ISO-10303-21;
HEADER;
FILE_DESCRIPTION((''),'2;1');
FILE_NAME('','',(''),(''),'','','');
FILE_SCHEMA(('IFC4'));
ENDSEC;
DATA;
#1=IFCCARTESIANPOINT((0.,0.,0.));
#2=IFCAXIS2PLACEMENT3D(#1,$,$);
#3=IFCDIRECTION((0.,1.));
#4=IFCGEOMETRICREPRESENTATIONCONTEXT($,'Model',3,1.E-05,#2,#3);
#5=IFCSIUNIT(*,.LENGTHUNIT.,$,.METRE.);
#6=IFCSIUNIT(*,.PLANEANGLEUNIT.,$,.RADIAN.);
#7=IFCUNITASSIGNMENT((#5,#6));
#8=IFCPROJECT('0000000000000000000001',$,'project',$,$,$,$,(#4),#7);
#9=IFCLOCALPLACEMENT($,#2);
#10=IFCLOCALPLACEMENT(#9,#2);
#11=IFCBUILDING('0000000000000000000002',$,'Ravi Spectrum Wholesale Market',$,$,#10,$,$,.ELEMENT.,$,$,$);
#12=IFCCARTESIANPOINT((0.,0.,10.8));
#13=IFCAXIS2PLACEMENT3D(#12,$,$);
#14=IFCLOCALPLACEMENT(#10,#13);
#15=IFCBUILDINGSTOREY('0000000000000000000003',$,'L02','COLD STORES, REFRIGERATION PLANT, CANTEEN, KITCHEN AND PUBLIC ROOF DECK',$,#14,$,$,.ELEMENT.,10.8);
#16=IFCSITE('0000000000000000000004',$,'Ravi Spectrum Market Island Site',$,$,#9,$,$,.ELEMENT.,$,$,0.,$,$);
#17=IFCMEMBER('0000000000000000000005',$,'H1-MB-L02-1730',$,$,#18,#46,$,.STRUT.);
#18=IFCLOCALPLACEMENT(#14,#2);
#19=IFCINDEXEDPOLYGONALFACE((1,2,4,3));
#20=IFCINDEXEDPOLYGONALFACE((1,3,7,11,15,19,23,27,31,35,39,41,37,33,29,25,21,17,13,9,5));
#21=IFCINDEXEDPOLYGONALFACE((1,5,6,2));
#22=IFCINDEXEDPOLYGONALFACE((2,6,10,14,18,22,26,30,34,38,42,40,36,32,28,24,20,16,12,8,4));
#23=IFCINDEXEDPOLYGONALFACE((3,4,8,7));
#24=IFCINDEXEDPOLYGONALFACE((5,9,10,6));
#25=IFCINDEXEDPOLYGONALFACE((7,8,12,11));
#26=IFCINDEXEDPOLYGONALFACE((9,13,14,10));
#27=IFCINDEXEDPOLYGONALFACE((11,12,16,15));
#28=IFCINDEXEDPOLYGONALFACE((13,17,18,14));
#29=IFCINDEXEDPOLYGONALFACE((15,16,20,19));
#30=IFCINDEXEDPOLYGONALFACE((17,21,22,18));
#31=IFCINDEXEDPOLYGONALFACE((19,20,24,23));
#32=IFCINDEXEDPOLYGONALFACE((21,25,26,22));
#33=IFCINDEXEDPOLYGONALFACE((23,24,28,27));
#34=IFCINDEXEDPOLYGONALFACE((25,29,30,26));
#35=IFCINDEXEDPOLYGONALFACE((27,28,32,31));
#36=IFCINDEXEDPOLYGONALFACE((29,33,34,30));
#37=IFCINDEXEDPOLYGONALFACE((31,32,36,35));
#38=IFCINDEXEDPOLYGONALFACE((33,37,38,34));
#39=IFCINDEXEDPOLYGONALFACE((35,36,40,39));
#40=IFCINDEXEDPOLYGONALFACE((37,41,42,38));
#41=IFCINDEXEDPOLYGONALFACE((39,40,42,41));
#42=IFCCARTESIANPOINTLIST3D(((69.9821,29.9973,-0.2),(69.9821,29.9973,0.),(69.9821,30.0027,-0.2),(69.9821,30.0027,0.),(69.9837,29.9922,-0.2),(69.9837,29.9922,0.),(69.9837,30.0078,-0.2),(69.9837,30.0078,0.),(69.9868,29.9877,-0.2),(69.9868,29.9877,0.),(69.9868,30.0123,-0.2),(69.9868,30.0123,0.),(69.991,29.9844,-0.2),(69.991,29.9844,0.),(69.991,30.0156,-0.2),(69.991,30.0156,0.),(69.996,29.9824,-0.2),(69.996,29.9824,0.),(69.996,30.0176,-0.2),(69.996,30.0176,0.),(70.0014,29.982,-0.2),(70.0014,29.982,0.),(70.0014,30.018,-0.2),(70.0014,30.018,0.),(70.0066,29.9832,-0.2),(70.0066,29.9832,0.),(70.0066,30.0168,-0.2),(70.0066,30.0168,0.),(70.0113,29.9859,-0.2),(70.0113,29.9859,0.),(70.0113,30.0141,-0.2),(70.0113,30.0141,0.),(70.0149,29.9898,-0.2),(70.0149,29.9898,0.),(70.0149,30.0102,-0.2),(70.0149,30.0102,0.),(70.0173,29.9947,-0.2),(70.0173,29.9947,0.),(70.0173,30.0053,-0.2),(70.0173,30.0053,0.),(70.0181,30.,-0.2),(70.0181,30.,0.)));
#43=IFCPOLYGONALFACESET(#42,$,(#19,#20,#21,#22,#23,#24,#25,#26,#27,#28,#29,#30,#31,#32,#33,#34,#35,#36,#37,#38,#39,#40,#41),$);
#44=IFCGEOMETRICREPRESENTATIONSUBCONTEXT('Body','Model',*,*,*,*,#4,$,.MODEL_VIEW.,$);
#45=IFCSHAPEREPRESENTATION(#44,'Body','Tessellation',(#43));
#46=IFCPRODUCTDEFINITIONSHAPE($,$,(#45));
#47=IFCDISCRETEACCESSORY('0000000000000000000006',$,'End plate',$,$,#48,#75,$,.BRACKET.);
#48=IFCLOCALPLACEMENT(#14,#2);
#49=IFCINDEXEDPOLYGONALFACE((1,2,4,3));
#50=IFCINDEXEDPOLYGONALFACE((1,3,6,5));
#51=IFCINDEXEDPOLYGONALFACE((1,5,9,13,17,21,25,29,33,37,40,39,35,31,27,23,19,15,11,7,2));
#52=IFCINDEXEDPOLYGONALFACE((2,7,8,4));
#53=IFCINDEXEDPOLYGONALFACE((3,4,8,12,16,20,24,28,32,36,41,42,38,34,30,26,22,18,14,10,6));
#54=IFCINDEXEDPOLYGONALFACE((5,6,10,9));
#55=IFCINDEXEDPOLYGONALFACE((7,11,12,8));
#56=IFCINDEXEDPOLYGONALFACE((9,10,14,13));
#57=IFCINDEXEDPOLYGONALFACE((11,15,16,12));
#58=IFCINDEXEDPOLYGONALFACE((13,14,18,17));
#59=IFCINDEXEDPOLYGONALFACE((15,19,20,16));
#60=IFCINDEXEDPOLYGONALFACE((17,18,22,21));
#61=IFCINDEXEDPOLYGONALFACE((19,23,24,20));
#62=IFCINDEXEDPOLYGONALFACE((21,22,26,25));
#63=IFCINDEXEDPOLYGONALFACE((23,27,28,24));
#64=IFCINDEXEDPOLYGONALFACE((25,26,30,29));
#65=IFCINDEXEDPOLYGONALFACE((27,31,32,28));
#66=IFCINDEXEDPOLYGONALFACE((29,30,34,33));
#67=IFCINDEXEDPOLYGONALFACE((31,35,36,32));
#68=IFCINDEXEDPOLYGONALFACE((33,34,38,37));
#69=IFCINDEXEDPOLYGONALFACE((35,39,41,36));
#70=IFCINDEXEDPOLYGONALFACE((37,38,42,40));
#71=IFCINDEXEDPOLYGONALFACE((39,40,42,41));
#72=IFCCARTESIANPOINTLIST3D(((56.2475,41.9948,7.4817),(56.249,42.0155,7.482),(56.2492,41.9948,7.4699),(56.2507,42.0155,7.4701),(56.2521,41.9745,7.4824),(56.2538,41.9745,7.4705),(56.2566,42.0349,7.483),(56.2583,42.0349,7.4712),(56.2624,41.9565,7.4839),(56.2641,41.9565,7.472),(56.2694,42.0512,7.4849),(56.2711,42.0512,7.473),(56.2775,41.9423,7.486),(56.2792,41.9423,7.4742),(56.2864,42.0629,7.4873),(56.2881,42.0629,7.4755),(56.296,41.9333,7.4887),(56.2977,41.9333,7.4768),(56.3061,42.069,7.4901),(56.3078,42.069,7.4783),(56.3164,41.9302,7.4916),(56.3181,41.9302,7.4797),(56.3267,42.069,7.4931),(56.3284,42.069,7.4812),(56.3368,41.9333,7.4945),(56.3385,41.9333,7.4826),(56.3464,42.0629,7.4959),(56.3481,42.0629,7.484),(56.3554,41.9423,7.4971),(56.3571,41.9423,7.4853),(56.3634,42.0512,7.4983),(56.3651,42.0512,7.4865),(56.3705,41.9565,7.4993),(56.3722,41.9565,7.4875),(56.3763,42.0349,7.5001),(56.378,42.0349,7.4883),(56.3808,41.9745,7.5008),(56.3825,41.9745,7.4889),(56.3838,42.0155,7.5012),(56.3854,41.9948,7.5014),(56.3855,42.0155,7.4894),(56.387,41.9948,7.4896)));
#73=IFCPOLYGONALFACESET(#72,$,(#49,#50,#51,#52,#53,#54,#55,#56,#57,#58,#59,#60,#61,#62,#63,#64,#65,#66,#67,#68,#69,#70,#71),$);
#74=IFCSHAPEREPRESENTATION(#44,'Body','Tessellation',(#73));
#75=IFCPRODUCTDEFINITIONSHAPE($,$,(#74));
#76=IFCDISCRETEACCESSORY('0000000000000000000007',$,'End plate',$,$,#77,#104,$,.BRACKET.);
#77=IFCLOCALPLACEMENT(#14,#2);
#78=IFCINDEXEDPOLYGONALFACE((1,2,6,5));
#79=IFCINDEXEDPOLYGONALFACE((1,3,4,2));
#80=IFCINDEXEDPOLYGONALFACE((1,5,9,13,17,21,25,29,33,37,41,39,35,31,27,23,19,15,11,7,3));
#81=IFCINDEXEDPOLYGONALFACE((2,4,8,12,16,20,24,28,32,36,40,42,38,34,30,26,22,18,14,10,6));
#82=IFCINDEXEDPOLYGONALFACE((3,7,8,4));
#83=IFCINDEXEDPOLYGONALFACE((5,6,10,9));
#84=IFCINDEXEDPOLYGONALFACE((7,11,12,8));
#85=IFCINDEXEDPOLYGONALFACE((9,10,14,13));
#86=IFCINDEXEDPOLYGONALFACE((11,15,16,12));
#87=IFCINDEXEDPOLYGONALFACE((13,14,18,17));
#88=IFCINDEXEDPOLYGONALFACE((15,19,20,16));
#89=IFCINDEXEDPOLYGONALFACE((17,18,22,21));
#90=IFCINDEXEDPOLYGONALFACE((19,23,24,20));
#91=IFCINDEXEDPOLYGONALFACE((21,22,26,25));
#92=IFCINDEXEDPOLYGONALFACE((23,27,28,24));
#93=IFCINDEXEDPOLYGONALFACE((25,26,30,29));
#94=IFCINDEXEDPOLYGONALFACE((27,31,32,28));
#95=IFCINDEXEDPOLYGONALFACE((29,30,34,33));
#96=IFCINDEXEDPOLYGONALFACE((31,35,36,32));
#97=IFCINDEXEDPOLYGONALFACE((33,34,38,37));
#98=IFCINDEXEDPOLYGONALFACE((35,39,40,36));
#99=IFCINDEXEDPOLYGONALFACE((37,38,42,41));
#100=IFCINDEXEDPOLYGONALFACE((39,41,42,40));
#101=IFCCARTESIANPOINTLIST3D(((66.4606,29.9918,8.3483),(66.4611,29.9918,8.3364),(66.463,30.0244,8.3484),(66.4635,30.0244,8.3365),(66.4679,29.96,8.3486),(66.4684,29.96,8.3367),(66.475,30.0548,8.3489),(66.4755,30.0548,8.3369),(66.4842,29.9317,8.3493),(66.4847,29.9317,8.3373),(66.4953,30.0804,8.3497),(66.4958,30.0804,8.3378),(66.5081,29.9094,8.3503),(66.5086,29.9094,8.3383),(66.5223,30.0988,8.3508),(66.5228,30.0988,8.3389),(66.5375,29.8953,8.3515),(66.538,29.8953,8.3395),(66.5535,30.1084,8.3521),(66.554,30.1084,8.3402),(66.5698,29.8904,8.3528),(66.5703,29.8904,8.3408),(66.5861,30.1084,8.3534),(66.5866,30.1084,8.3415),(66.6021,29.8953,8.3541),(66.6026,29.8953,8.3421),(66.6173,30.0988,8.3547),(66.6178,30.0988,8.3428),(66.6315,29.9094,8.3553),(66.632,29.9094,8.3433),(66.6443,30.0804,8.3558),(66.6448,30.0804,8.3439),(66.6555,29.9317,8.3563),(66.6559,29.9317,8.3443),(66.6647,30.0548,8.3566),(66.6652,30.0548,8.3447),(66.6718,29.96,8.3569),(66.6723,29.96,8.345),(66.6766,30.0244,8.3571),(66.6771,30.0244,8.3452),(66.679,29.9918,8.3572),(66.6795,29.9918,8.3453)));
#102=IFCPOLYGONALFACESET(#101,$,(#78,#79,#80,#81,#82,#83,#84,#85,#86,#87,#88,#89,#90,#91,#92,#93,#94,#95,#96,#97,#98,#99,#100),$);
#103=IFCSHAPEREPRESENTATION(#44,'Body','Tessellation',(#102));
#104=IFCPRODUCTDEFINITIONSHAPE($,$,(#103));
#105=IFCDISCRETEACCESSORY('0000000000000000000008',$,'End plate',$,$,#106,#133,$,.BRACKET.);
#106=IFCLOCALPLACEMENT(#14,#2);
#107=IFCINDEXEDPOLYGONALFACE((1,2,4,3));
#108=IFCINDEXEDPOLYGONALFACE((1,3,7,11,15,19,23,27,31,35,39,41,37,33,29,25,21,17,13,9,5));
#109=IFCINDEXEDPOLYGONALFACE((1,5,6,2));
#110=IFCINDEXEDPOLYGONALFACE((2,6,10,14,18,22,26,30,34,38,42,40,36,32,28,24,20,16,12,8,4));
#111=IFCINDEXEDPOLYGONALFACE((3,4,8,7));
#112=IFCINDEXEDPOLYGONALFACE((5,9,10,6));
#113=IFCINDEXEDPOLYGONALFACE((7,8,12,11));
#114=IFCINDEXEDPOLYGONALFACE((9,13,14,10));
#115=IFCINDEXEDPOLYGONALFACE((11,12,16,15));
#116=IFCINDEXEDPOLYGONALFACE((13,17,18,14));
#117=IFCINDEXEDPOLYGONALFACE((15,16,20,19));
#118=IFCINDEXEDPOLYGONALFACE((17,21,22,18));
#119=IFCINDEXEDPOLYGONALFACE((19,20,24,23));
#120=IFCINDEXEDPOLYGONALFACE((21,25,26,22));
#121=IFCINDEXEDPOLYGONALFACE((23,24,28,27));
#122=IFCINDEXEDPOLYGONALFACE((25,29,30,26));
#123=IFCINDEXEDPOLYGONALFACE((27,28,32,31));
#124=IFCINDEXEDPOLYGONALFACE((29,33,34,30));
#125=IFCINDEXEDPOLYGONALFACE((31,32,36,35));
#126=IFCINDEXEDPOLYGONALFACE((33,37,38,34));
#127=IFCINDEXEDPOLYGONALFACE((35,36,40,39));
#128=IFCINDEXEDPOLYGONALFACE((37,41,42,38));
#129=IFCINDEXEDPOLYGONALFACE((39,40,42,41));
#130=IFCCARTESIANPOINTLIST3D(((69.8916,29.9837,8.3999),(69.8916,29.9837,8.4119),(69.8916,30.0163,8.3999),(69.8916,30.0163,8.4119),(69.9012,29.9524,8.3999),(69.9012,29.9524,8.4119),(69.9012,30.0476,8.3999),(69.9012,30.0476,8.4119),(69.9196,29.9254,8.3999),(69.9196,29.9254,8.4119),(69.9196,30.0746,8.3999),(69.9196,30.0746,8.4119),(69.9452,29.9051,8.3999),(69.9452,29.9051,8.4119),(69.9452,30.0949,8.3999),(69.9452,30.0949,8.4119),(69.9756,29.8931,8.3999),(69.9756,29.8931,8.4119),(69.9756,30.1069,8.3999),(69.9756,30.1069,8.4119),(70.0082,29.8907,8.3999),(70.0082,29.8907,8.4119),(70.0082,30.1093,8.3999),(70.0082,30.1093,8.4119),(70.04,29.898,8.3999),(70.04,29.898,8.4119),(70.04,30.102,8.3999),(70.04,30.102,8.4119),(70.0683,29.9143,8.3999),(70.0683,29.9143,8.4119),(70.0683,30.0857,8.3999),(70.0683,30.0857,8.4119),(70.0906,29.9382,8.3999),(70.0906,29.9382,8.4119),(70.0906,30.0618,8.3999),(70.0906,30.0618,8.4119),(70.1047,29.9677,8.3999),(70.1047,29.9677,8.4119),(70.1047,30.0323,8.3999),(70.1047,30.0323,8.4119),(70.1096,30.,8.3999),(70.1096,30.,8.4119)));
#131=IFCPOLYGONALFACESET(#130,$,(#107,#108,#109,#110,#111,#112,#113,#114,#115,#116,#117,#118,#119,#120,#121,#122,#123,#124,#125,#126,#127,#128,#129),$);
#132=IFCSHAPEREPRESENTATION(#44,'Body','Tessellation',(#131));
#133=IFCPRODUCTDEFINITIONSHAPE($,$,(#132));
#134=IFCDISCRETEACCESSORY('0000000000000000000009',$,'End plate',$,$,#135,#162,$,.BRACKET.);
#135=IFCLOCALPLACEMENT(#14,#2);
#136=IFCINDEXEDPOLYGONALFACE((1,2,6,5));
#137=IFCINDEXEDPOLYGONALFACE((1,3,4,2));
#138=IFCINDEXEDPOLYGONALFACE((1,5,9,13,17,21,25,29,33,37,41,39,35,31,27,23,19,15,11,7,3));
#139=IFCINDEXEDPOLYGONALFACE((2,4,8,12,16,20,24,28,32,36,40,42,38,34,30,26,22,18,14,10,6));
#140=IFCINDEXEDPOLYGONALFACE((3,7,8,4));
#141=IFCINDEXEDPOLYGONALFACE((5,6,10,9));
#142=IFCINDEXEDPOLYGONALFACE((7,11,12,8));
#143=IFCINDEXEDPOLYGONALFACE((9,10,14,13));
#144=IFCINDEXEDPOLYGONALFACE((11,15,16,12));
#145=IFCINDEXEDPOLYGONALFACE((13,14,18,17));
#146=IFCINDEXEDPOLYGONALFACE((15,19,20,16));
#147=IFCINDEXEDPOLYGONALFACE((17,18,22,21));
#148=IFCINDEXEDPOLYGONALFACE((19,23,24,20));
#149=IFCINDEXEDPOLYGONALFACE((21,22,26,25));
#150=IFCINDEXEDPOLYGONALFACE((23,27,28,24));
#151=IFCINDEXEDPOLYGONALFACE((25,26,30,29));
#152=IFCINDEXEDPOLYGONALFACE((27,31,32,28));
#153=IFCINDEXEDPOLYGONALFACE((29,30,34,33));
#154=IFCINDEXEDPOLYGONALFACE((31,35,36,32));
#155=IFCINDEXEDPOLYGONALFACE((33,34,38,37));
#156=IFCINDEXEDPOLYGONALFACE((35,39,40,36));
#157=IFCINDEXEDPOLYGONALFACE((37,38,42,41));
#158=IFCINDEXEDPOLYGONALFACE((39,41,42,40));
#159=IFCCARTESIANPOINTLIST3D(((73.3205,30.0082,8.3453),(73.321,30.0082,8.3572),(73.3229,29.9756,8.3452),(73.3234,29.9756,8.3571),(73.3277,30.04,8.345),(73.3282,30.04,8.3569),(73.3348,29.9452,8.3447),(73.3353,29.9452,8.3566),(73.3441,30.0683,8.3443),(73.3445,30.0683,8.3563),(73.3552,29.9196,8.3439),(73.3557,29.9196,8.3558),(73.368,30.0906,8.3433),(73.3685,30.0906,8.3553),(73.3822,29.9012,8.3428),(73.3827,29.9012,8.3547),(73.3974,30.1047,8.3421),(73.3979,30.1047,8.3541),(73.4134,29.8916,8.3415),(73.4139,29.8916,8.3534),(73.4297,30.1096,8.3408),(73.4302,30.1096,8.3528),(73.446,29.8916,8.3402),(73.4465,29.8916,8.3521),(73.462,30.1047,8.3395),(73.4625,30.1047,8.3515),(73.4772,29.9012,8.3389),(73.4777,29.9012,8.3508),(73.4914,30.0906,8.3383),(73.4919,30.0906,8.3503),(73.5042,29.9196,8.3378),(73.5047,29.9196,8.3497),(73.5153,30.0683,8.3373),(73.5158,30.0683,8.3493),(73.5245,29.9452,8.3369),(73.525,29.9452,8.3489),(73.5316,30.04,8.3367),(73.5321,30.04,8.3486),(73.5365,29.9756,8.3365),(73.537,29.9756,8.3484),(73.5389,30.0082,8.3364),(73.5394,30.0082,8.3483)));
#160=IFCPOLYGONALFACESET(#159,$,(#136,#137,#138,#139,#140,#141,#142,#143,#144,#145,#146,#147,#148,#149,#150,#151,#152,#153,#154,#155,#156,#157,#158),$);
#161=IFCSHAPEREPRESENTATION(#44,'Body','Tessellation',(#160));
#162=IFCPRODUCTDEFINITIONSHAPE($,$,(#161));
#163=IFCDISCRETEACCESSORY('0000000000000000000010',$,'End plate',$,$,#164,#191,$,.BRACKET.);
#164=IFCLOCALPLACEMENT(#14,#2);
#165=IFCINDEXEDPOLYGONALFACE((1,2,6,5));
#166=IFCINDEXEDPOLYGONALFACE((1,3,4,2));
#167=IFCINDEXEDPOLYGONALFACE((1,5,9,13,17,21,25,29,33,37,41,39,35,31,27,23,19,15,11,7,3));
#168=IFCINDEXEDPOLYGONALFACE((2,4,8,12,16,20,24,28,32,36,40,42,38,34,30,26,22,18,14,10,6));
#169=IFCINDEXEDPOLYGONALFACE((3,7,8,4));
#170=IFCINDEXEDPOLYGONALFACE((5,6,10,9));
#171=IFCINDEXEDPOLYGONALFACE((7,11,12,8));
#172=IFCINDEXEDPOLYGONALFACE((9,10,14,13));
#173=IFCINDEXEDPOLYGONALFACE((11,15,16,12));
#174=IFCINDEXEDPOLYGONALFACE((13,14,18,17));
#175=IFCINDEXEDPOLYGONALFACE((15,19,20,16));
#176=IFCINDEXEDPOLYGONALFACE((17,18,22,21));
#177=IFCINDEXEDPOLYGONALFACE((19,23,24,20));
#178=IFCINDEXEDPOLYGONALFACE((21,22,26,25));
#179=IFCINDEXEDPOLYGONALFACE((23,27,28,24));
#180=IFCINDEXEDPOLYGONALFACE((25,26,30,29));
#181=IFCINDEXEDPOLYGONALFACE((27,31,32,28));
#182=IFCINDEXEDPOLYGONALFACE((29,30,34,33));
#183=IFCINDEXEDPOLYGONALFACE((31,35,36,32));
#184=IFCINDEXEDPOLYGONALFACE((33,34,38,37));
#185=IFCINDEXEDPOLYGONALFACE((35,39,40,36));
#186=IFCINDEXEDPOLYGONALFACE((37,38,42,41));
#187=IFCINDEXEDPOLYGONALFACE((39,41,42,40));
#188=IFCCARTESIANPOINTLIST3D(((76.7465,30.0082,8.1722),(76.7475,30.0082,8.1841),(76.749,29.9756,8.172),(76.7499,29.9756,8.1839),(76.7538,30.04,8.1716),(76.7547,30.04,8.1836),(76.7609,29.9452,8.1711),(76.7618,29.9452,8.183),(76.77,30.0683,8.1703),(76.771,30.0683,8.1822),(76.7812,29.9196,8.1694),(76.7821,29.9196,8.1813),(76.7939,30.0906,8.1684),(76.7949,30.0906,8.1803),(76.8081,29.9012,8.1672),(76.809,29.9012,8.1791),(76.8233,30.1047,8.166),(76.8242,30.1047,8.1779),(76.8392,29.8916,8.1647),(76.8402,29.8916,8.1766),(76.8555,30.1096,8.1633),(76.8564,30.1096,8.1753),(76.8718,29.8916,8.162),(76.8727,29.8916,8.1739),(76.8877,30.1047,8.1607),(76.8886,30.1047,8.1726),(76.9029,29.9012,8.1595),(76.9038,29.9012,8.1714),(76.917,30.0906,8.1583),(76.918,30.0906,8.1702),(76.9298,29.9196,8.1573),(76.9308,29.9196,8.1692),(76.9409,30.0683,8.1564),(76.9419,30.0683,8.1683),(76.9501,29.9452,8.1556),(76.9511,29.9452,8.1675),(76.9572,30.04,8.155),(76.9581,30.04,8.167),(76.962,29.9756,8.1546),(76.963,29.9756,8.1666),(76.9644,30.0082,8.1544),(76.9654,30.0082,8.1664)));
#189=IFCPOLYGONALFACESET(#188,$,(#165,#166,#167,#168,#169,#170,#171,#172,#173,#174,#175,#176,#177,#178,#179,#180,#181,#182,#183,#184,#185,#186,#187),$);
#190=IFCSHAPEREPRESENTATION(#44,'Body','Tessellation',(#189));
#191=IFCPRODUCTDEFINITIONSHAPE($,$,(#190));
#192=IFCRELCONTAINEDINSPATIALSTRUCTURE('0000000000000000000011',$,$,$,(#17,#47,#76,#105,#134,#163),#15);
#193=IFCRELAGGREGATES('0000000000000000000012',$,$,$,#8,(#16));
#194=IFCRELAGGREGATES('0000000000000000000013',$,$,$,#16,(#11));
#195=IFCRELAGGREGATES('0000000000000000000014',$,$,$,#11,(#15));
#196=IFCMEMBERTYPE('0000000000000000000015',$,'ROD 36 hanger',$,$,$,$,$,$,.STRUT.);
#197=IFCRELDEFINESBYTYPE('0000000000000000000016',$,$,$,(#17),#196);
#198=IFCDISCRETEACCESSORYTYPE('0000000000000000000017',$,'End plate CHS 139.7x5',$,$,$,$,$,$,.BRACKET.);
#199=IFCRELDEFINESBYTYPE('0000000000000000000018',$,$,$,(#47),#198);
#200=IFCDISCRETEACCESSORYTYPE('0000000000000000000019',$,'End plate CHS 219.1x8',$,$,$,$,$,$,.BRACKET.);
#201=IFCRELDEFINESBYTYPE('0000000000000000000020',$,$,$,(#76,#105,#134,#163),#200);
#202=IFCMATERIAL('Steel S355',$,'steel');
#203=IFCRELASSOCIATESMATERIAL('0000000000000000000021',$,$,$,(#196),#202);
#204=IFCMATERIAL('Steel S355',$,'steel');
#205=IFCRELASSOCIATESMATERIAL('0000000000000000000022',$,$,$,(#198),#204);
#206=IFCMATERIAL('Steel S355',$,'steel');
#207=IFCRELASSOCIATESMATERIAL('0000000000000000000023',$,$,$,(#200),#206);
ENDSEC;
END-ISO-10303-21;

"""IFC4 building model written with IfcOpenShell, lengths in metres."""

from ifc_helpers import new_model, si_unit, direction, frame, origin, origin_2d, place, context, subcontext, project, spatial, circle, extrude, material, material_profile, profile_set, type_object, element, save


model = new_model("IFC4")

# Units and contexts
model_context = context("Model", 3, precision=1e-05, world=origin(), true_north=direction((0.0, 1.0)))
body_context = subcontext(model_context, "Body", "Model", "MODEL_VIEW")
ifc_project = project(units=[si_unit("LENGTHUNIT", "METRE"), si_unit("PLANEANGLEUNIT", "RADIAN")], contexts=[model_context])

# Site, building, storey
site_placement = place(None, origin())
site = spatial("IfcSite", under=ifc_project, at=site_placement, Name="Ravi Spectrum Market Island Site", CompositionType="ELEMENT", RefElevation=0.0)
building_placement = place(site_placement, origin())
building = spatial("IfcBuilding", under=site, at=building_placement, Name="Ravi Spectrum Wholesale Market", CompositionType="ELEMENT")
storey_placement = place(building_placement, frame((0.0, 0.0, 10.8)))
storey = spatial("IfcBuildingStorey", under=building, at=storey_placement, Name="L02", Description="COLD STORES, REFRIGERATION PLANT, CANTEEN, KITCHEN AND PUBLIC ROOF DECK", CompositionType="ELEMENT", Elevation=10.8)

# Member
ifc_material_1 = material(Name="Steel S355", Category="steel")
ifc_material_profile_1 = material_profile(ifc_material_1, circle(Radius=0.0181, at=origin_2d()))
ifc_profile_set_1 = profile_set([ifc_material_profile_1], Name="Steel S355")
member_type_1 = type_object("IfcMemberType", Name="ROD 36 hanger", PredefinedType="STRUT", material=ifc_profile_set_1)
member_1_placement = place(storey_placement, frame((70.0, 30.0, 0.0), z_axis=(0.0, 0.0, -1.0), x_axis=(1.0, 0.0, 0.0)))
element("IfcMember", 1, at=member_1_placement, inside=storey, type_object=member_type_1, Name="H1-MB-L02-1730", PredefinedType="STRUT", context=body_context, shape_type="SweptSolid", body=[
    extrude(circle(Radius=0.0181, at=origin_2d()), origin(), (0.0, 0.0, 1.0), 0.2),
])

# Discrete accessories
ifc_material_2 = material(Name="Steel S355", Category="steel")
ifc_material_profile_2 = material_profile(ifc_material_2, circle(Radius=0.0698, at=origin_2d()))
ifc_profile_set_2 = profile_set([ifc_material_profile_2], Name="Steel S355")
discrete_accessory_type_1 = type_object("IfcDiscreteAccessoryType", Name="End plate CHS 139.7x5", PredefinedType="BRACKET", material=ifc_profile_set_2)
discrete_accessory_1_placement = place(storey_placement, frame((56.3181, 42.0, 7.4797), z_axis=(-0.141421, 0.0, 0.989949), x_axis=(0.0, -1.0, 0.0)))
element("IfcDiscreteAccessory", 2, at=discrete_accessory_1_placement, inside=storey, type_object=discrete_accessory_type_1, Name="End plate", PredefinedType="BRACKET", context=body_context, shape_type="SweptSolid", body=[
    extrude(circle(Radius=0.0698, at=origin_2d()), origin(), (0.0, 0.0, 1.0), 0.012),
])
ifc_material_3 = material(Name="Steel S355", Category="steel")
ifc_material_profile_3 = material_profile(ifc_material_3, circle(Radius=0.1096, at=origin_2d()))
ifc_profile_set_3 = profile_set([ifc_material_profile_3], Name="Steel S355")
discrete_accessory_type_2 = type_object("IfcDiscreteAccessoryType", Name="End plate CHS 219.1x8", PredefinedType="BRACKET", material=ifc_profile_set_3)
for number, where, z_axis, x_axis, name in (
    (3, (66.5703, 30.0, 8.3408), (-0.040782, 0.0, 0.999168), (0.0, -1.0, 0.0), "End plate"),
    (4, (70.0, 30.0, 8.3999), (0.0, 0.0, 1.0), (1.0, 0.0, 0.0), "End plate"),
    (5, (73.4297, 30.0, 8.3408), (0.040782, 0.0, 0.999168), (0.0, 1.0, 0.0), "End plate"),
    (6, (76.8555, 30.0, 8.1633), (0.081362, 0.0, 0.996685), (0.0, 1.0, 0.0), "End plate"),
):
    element("IfcDiscreteAccessory", number, at=place(storey_placement, frame(where, z_axis=z_axis, x_axis=x_axis)), inside=storey, type_object=discrete_accessory_type_2, Name=name, PredefinedType="BRACKET", context=body_context, shape_type="SweptSolid", body=[
        extrude(circle(Radius=0.1096, at=origin_2d()), origin(), (0.0, 0.0, 1.0), 0.012),
    ])

save(model, "model.ifc")
